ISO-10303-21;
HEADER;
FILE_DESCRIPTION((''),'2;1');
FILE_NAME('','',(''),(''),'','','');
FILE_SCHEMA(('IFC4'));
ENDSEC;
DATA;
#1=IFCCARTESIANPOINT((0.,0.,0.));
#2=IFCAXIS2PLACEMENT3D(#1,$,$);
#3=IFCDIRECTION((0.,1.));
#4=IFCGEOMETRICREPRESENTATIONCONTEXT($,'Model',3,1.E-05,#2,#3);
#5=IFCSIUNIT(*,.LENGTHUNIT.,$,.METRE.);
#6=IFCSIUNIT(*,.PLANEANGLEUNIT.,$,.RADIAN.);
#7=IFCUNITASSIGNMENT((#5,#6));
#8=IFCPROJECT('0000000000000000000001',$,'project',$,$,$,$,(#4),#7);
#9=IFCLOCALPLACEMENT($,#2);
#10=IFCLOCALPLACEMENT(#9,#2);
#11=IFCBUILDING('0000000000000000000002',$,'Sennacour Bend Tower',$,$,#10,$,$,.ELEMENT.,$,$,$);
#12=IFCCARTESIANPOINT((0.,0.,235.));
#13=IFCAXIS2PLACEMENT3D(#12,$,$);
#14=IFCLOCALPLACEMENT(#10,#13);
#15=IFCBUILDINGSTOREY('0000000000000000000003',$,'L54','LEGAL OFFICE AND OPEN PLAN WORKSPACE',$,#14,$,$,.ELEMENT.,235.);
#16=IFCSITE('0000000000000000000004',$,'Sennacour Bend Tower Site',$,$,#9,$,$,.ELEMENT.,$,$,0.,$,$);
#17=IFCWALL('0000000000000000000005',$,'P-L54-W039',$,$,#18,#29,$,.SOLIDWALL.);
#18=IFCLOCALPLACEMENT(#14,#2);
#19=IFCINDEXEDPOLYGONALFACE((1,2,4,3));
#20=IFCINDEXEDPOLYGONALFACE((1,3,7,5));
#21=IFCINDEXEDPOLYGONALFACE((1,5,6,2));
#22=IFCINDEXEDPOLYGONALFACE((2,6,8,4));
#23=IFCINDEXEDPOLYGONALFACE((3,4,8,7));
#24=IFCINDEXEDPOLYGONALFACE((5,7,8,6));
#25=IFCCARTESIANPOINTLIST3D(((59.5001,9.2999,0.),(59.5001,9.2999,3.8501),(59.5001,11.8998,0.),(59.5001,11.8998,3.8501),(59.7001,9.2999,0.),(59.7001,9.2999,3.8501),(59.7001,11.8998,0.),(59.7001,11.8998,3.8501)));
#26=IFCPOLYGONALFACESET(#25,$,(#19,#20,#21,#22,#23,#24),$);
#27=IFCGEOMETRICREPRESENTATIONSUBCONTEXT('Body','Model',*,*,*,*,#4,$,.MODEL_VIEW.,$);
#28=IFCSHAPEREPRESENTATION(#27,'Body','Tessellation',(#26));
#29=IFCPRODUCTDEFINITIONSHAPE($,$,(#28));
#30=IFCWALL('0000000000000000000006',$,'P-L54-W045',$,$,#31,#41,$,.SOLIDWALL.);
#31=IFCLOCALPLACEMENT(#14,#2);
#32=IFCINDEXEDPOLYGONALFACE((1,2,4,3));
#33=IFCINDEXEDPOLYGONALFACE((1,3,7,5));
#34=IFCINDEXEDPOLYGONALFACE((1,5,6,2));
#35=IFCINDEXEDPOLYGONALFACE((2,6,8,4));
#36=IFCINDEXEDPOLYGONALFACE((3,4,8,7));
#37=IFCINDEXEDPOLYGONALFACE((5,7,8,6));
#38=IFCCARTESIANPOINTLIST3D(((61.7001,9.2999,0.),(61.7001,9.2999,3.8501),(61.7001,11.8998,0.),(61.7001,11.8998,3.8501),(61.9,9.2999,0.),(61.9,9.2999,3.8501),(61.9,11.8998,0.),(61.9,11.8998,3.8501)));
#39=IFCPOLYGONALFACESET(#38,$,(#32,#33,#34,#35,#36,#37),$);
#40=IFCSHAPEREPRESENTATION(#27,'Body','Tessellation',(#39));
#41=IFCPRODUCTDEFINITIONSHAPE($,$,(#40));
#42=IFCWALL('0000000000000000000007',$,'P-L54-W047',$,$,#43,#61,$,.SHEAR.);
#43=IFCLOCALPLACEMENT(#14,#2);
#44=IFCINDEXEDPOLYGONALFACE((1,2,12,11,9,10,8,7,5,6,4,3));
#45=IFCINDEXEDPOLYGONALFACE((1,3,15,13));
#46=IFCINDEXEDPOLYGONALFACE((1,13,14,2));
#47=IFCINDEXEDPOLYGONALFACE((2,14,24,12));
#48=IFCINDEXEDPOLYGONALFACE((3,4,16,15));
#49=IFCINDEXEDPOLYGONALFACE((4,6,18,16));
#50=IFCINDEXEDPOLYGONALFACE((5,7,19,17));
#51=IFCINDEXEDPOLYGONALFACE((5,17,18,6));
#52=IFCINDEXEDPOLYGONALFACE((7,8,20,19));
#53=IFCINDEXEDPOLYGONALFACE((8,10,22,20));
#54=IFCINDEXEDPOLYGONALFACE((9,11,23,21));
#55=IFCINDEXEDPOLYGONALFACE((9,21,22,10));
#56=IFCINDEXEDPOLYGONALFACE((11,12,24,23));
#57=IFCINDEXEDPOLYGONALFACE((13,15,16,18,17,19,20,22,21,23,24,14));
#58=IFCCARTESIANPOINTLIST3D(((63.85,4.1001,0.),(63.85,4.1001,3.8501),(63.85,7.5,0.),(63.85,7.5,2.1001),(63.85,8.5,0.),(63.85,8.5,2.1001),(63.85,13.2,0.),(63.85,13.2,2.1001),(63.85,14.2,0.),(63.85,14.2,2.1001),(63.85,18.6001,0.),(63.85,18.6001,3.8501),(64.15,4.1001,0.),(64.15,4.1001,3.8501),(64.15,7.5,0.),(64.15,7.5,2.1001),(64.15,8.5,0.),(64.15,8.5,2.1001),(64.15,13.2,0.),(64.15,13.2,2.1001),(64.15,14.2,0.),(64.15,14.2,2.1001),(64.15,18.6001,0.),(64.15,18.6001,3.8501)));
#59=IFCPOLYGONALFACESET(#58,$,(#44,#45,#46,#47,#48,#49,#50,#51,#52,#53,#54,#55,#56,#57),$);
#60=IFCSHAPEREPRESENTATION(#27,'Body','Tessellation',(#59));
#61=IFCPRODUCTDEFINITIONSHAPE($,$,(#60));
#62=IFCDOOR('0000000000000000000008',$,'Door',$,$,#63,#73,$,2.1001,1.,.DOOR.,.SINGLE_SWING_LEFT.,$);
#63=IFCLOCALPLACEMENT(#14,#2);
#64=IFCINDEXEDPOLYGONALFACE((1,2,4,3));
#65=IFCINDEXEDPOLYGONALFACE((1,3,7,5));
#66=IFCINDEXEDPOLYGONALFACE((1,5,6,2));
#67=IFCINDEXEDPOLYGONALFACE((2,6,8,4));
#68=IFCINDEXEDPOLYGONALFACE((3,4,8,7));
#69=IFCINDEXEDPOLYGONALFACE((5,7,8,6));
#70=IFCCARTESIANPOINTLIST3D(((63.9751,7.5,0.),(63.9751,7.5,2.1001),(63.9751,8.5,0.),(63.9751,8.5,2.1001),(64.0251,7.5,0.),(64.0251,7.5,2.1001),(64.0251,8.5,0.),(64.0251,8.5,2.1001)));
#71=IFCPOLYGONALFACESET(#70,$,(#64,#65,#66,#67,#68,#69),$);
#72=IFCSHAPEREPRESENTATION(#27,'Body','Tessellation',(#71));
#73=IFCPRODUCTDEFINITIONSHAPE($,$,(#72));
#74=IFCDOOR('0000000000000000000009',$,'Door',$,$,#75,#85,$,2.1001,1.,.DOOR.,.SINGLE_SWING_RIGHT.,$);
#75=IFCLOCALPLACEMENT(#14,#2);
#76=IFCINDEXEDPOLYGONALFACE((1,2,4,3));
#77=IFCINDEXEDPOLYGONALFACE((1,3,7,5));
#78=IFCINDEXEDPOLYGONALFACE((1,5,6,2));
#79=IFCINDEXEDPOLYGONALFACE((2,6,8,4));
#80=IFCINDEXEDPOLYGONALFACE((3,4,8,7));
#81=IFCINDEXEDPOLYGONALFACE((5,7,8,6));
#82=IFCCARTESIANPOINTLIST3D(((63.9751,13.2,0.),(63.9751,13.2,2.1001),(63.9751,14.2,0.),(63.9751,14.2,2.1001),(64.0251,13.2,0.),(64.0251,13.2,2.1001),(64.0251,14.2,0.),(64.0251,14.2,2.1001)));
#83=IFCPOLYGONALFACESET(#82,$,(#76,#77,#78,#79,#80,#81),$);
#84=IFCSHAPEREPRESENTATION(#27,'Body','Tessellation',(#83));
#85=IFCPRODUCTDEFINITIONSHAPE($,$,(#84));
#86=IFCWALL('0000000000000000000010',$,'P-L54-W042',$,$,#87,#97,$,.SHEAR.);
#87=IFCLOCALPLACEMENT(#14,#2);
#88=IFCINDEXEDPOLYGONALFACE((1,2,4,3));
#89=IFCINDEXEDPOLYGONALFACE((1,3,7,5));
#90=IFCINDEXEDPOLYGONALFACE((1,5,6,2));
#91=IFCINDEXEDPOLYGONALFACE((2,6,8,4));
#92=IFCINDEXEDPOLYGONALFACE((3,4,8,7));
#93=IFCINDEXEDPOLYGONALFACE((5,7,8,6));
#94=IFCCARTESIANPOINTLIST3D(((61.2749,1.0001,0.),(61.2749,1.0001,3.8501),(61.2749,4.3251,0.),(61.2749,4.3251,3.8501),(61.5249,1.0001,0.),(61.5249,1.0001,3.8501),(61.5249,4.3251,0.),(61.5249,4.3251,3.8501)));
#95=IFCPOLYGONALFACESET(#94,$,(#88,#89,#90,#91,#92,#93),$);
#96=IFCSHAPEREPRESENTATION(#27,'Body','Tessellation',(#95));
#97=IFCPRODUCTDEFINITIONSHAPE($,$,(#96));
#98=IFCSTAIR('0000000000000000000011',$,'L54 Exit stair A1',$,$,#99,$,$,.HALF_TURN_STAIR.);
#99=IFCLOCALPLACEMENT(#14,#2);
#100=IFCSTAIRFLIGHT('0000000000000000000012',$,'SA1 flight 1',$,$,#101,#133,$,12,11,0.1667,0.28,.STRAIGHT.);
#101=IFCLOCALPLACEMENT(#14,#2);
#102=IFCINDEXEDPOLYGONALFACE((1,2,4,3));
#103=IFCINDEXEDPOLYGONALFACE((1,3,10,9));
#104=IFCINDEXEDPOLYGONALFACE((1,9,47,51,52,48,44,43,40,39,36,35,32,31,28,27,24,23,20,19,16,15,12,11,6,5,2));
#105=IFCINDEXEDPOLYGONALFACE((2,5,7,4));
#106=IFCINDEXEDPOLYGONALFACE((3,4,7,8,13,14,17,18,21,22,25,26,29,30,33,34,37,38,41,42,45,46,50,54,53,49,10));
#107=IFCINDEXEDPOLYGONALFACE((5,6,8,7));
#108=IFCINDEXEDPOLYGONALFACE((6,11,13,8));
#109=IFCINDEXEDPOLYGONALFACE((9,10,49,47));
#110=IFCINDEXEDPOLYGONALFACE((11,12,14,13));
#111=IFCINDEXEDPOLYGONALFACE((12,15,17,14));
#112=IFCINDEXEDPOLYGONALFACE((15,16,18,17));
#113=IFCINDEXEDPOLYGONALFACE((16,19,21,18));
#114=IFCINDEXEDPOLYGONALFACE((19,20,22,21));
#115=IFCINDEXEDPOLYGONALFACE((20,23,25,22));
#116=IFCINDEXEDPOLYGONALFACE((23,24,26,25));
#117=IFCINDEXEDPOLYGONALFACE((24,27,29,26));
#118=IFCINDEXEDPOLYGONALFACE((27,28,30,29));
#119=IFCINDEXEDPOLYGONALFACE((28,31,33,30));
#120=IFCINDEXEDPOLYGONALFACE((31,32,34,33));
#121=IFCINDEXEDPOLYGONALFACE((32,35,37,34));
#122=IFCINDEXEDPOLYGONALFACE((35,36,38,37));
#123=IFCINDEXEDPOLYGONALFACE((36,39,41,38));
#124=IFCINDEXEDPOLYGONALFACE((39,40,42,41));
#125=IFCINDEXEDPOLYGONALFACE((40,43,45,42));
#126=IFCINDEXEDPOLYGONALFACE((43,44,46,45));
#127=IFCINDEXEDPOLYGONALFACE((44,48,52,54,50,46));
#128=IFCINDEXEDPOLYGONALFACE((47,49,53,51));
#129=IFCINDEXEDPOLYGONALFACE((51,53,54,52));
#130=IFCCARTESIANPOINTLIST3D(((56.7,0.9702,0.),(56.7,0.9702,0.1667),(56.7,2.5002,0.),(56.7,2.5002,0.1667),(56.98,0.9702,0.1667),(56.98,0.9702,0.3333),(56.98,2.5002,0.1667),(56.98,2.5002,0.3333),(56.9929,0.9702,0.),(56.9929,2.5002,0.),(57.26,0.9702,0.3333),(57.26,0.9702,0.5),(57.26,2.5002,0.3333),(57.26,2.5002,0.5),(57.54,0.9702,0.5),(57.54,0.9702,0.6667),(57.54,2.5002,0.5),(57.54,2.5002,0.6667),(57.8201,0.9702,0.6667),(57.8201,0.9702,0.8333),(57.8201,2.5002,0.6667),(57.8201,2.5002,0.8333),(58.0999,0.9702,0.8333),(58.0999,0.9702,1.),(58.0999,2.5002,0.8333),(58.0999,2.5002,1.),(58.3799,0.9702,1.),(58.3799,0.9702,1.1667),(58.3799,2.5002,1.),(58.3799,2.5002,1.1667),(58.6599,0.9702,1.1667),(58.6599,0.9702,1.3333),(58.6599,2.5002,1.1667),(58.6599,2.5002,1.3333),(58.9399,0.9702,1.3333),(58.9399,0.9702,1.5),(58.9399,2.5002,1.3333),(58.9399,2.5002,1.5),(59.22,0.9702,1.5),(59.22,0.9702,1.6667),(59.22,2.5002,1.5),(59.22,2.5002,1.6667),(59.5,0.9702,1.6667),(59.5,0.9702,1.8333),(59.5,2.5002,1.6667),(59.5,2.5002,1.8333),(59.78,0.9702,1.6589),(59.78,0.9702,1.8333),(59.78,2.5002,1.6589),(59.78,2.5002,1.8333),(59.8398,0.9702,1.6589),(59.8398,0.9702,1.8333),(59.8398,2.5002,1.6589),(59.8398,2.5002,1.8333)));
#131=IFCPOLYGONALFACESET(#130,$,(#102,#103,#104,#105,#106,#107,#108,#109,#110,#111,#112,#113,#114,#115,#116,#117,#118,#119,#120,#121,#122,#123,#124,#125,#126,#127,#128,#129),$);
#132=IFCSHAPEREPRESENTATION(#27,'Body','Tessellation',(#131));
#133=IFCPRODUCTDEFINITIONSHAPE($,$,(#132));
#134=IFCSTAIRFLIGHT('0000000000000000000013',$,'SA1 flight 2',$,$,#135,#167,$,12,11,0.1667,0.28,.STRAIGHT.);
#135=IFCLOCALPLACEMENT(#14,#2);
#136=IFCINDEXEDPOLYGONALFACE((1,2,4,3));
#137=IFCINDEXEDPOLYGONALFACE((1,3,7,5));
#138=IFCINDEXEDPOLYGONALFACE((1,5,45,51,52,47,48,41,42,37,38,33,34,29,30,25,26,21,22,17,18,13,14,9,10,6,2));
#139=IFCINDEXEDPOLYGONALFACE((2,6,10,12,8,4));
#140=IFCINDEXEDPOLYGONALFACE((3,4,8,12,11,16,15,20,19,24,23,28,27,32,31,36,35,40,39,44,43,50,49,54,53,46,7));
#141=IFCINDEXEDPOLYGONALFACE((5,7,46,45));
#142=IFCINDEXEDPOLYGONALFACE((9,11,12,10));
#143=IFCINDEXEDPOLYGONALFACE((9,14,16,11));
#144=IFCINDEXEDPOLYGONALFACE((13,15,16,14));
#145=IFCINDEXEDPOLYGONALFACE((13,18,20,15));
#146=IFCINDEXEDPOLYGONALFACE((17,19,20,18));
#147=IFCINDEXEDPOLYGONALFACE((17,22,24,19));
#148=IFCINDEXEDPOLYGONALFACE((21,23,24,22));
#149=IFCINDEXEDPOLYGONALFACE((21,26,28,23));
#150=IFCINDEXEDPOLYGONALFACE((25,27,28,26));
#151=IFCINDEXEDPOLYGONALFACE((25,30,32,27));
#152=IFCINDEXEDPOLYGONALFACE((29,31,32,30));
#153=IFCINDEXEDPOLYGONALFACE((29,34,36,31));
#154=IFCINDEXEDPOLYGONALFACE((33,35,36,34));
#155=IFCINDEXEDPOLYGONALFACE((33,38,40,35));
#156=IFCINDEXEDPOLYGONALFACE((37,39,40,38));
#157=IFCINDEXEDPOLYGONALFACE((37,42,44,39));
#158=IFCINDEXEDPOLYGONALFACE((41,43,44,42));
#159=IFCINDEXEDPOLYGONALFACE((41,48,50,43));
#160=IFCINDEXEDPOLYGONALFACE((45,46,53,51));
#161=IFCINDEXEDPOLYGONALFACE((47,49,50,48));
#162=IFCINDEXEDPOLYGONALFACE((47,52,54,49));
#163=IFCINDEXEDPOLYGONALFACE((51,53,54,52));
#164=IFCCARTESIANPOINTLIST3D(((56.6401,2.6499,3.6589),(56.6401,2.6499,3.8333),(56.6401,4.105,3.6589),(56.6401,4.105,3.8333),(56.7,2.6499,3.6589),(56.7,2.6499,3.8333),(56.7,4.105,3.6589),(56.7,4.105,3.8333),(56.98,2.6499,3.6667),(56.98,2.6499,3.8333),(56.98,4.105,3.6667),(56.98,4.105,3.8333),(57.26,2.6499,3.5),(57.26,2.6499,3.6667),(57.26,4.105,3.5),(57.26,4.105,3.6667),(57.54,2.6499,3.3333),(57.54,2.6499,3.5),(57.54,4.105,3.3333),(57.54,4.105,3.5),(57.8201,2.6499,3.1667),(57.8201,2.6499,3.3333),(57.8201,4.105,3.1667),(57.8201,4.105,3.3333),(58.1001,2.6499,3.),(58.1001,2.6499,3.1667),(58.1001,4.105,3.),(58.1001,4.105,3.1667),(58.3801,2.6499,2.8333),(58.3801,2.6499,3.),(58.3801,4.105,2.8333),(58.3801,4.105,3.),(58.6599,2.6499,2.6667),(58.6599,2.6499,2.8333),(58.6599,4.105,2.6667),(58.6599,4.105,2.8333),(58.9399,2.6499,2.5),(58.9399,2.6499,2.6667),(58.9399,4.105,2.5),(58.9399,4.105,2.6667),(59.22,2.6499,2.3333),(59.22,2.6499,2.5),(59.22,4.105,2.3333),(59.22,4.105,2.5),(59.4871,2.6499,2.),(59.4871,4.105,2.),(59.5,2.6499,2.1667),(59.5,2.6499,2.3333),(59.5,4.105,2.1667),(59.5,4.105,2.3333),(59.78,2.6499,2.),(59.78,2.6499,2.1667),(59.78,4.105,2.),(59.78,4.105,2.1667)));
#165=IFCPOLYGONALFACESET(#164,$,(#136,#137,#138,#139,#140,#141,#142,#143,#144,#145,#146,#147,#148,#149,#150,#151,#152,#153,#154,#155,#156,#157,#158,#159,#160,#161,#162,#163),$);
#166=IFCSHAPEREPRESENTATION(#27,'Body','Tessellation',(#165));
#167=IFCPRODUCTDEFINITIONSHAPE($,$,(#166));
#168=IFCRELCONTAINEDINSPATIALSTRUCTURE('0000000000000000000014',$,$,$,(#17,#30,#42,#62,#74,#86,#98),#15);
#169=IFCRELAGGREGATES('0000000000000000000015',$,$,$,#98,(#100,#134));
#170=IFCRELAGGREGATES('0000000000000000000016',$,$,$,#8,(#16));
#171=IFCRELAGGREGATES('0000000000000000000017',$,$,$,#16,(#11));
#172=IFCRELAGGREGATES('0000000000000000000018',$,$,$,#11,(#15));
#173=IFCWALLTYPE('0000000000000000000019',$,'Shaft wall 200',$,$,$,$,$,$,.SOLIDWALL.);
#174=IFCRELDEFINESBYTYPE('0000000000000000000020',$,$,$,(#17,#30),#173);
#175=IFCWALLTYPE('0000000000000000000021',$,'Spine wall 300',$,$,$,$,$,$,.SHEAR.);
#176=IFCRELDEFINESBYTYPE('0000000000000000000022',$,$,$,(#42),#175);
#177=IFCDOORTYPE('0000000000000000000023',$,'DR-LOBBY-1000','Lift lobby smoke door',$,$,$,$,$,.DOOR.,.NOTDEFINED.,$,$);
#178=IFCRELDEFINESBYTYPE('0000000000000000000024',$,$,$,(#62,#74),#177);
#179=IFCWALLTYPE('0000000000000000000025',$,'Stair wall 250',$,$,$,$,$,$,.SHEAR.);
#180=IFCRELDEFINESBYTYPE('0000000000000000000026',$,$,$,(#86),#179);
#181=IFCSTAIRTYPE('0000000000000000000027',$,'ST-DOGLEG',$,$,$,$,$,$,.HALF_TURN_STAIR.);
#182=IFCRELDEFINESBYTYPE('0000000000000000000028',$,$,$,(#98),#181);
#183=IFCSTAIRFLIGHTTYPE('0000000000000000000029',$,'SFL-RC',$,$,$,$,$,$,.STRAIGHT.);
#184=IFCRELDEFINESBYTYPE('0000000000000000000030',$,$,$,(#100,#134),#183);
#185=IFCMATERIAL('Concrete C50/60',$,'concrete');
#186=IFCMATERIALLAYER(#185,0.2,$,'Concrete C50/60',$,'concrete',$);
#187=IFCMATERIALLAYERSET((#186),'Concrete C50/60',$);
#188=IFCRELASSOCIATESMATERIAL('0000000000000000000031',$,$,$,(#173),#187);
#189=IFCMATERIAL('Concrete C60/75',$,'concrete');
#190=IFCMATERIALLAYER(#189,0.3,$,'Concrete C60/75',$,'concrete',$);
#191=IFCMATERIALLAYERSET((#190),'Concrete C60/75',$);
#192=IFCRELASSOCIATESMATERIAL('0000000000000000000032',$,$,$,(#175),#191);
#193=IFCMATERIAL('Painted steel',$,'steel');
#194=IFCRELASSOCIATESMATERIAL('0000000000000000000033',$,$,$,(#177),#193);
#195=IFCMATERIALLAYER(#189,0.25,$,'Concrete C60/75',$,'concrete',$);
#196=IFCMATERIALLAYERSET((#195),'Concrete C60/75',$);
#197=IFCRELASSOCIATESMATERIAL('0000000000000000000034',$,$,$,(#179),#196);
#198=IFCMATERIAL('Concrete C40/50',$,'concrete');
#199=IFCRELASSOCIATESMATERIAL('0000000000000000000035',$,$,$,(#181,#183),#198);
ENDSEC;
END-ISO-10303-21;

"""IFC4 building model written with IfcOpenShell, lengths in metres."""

from ifc_helpers import new_model, si_unit, direction, frame, frame_2d, origin, place, context, subcontext, project, spatial, polyline, rectangle, outline, extrude, material, layer, layer_set, type_object, element, fill, aggregate, save


model = new_model("IFC4")

# Units and contexts
model_context = context("Model", 3, precision=1e-05, world=origin(), true_north=direction((0.0, 1.0)))
body_context = subcontext(model_context, "Body", "Model", "MODEL_VIEW")
ifc_project = project(units=[si_unit("LENGTHUNIT", "METRE"), si_unit("PLANEANGLEUNIT", "RADIAN")], contexts=[model_context])

# Site, building, storey
site_placement = place(None, origin())
site = spatial("IfcSite", under=ifc_project, at=site_placement, Name="Sennacour Bend Tower Site", CompositionType="ELEMENT", RefElevation=0.0)
building_placement = place(site_placement, origin())
building = spatial("IfcBuilding", under=site, at=building_placement, Name="Sennacour Bend Tower", CompositionType="ELEMENT")
storey_placement = place(building_placement, frame((0.0, 0.0, 235.0)))
storey = spatial("IfcBuildingStorey", under=building, at=storey_placement, Name="L54", Description="LEGAL OFFICE AND OPEN PLAN WORKSPACE", CompositionType="ELEMENT", Elevation=235.0)

# Shared definitions
ifc_material_1 = material(Name="Concrete C60/75", Category="concrete")

# Shared definitions
ifc_material_2 = material(Name="Painted steel", Category="steel")

# Walls
ifc_material_3 = material(Name="Concrete C50/60", Category="concrete")
ifc_layer_1 = layer(ifc_material_3, 0.2, Name="Concrete C50/60", Category="concrete")
ifc_layer_set_1 = layer_set([ifc_layer_1], Name="Concrete C50/60")
wall_type_1 = type_object("IfcWallType", Name="Shaft wall 200", PredefinedType="SOLIDWALL", material=ifc_layer_set_1)
for number, where, z_axis, x_axis, name in (
    (1, (59.6001, 9.3, 0.0), (0.0, 0.0, 1.0), (0.0, 1.0, 0.0), "P-L54-W039"),
    (2, (61.8, 9.3, 0.0), (0.0, 0.0, 1.0), (0.0, 1.0, 0.0), "P-L54-W045"),
):
    element("IfcWall", number, at=place(storey_placement, frame(where, z_axis=z_axis, x_axis=x_axis)), inside=storey, type_object=wall_type_1, Name=name, PredefinedType="SOLIDWALL", context=body_context, shape_type="SweptSolid", body=[
        extrude(rectangle(XDim=2.5999, YDim=0.2, at=frame_2d((1.2998, 0.0))), origin(), (0.0, 0.0, 1.0), 3.8501),
    ])

# Wall, openings, doors
ifc_layer_2 = layer(ifc_material_1, 0.3, Name="Concrete C60/75", Category="concrete")
ifc_layer_set_2 = layer_set([ifc_layer_2], Name="Concrete C60/75")
wall_type_2 = type_object("IfcWallType", Name="Spine wall 300", PredefinedType="SHEAR", material=ifc_layer_set_2)
wall_1_placement = place(storey_placement, frame((64.0, 4.1001, 0.0), z_axis=(0.0, 0.0, 1.0), x_axis=(0.0, 1.0, 0.0)))
wall_1 = element("IfcWall", 3, at=wall_1_placement, inside=storey, type_object=wall_type_2, Name="P-L54-W047", PredefinedType="SHEAR", context=body_context, shape_type="SweptSolid", body=[
    extrude(rectangle(XDim=14.5, YDim=0.3, at=frame_2d((7.25, 0.0))), origin(), (0.0, 0.0, 1.0), 3.8501),
])
opening_1_placement = place(wall_1_placement, frame((3.3999, 0.0, 0.0)))
opening_1 = element("IfcOpeningElement", 4, at=opening_1_placement, cuts=wall_1, PredefinedType="OPENING", context=body_context, shape_type="SweptSolid", body=[
    extrude(rectangle(XDim=1.0, YDim=2.1001, at=frame_2d((0.5, 1.05))), frame((0.0, 0.1602, 0.0), z_axis=(0.0, -1.0, 0.0), x_axis=(1.0, 0.0, 0.0)), (0.0, 0.0, 1.0), 0.3201),
])
opening_2_placement = place(wall_1_placement, frame((9.0999, 0.0, 0.0)))
opening_2 = element("IfcOpeningElement", 5, at=opening_2_placement, cuts=wall_1, PredefinedType="OPENING", context=body_context, shape_type="SweptSolid", body=[
    extrude(rectangle(XDim=1.0, YDim=2.1001, at=frame_2d((0.5, 1.05))), frame((0.0, 0.1602, 0.0), z_axis=(0.0, -1.0, 0.0), x_axis=(1.0, 0.0, 0.0)), (0.0, 0.0, 1.0), 0.3201),
])
door_type_1 = type_object("IfcDoorType", Name="DR-LOBBY-1000", Description="Lift lobby smoke door", OperationType="NOTDEFINED", PredefinedType="DOOR", material=ifc_material_2)
door_1_placement = place(opening_1_placement, origin())
door_1 = element("IfcDoor", 6, at=door_1_placement, inside=storey, type_object=door_type_1, Name="Door", OperationType="SINGLE_SWING_LEFT", OverallHeight=2.1001, OverallWidth=1.0, PredefinedType="DOOR", context=body_context, shape_type="SweptSolid", body=[
    extrude(rectangle(XDim=1.0, YDim=2.1001, at=frame_2d((0.5, 1.05))), frame((0.0, 0.0249, 0.0), z_axis=(0.0, -1.0, 0.0), x_axis=(1.0, 0.0, 0.0)), (0.0, 0.0, 1.0), 0.05),
])
fill(opening_1, door_1)
door_2_placement = place(opening_2_placement, origin())
door_2 = element("IfcDoor", 7, at=door_2_placement, inside=storey, type_object=door_type_1, Name="Door", OperationType="SINGLE_SWING_RIGHT", OverallHeight=2.1001, OverallWidth=1.0, PredefinedType="DOOR", context=body_context, shape_type="SweptSolid", body=[
    extrude(rectangle(XDim=1.0, YDim=2.1001, at=frame_2d((0.5, 1.05))), frame((0.0, 0.0249, 0.0), z_axis=(0.0, -1.0, 0.0), x_axis=(1.0, 0.0, 0.0)), (0.0, 0.0, 1.0), 0.05),
])
fill(opening_2, door_2)

# Wall
ifc_layer_3 = layer(ifc_material_1, 0.25, Name="Concrete C60/75", Category="concrete")
ifc_layer_set_3 = layer_set([ifc_layer_3], Name="Concrete C60/75")
wall_type_3 = type_object("IfcWallType", Name="Stair wall 250", PredefinedType="SHEAR", material=ifc_layer_set_3)
wall_2_placement = place(storey_placement, frame((61.3999, 1.0, 0.0), z_axis=(0.0, 0.0, 1.0), x_axis=(0.0, 1.0, 0.0)))
element("IfcWall", 8, at=wall_2_placement, inside=storey, type_object=wall_type_3, Name="P-L54-W042", PredefinedType="SHEAR", context=body_context, shape_type="SweptSolid", body=[
    extrude(rectangle(XDim=3.325, YDim=0.25, at=frame_2d((1.6626, 0.0))), origin(), (0.0, 0.0, 1.0), 3.8501),
])

# Stair, stair flights
ifc_material_4 = material(Name="Concrete C40/50", Category="concrete")
stair_type = type_object("IfcStairType", Name="ST-DOGLEG", PredefinedType="HALF_TURN_STAIR", material=ifc_material_4)
stair_placement = place(storey_placement, origin())
stair = element("IfcStair", 9, at=stair_placement, inside=storey, type_object=stair_type, Name="L54 Exit stair A1", PredefinedType="HALF_TURN_STAIR")
stair_flight_type = type_object("IfcStairFlightType", Name="SFL-RC", PredefinedType="STRAIGHT", material=ifc_material_4)
stair_flight_1_placement = place(storey_placement, frame((56.7, 1.7351, 0.0), z_axis=(0.0, 0.0, 1.0), x_axis=(1.0, 0.0, 0.0)))
stair_flight_1 = element("IfcStairFlight", 10, at=stair_flight_1_placement, type_object=stair_flight_type, Name="SA1 flight 1", NumberOfRisers=12, NumberOfTreads=11, PredefinedType="STRAIGHT", RiserHeight=0.1667, TreadLength=0.28, context=body_context, shape_type="SweptSolid", body=[
    extrude(outline(polyline([(0.0, 0.0), (0.0, 0.1667), (0.28, 0.1667), (0.28, 0.3333), (0.5601, 0.3333), (0.5601, 0.5), (0.8401, 0.5), (0.8401, 0.6667), (1.1201, 0.6667), (1.1201, 0.8333), (1.3999, 0.8333), (1.3999, 1.0), (1.6799, 1.0), (1.6799, 1.1667), (1.96, 1.1667), (1.96, 1.3333), (2.24, 1.3333), (2.24, 1.5), (2.52, 1.5), (2.52, 1.6667), (2.8, 1.6667), (2.8, 1.8333), (3.0801, 1.8333), (3.1399, 1.8333), (3.1399, 1.6589), (3.0801, 1.6589), (0.293, 0.0), (0.0, 0.0)])), frame((0.0, 0.7651, 0.0), z_axis=(0.0, -1.0, 0.0), x_axis=(1.0, 0.0, 0.0)), (0.0, 0.0, 1.0), 1.53),
])
stair_flight_2_placement = place(storey_placement, frame((59.78, 3.3774, 2.0), z_axis=(0.0, 0.0, 1.0), x_axis=(-1.0, 0.0, 0.0)))
stair_flight_2 = element("IfcStairFlight", 11, at=stair_flight_2_placement, type_object=stair_flight_type, Name="SA1 flight 2", NumberOfRisers=12, NumberOfTreads=11, PredefinedType="STRAIGHT", RiserHeight=0.1667, TreadLength=0.28, context=body_context, shape_type="SweptSolid", body=[
    extrude(outline(polyline([(0.0, 0.0), (0.0, 0.1667), (0.28, 0.1667), (0.28, 0.3333), (0.5601, 0.3333), (0.5601, 0.5), (0.8401, 0.5), (0.8401, 0.6667), (1.1201, 0.6667), (1.1201, 0.8333), (1.3999, 0.8333), (1.3999, 1.0), (1.6799, 1.0), (1.6799, 1.1667), (1.96, 1.1667), (1.96, 1.3333), (2.24, 1.3333), (2.24, 1.5), (2.52, 1.5), (2.52, 1.6667), (2.8, 1.6667), (2.8, 1.8333), (3.0801, 1.8333), (3.1399, 1.8333), (3.1399, 1.6589), (3.0801, 1.6589), (0.293, 0.0), (0.0, 0.0)])), frame((0.0, 0.7275, 0.0), z_axis=(0.0, -1.0, 0.0), x_axis=(1.0, 0.0, 0.0)), (0.0, 0.0, 1.0), 1.4551),
])
aggregate(stair, [stair_flight_1, stair_flight_2])

save(model, "model.ifc")
